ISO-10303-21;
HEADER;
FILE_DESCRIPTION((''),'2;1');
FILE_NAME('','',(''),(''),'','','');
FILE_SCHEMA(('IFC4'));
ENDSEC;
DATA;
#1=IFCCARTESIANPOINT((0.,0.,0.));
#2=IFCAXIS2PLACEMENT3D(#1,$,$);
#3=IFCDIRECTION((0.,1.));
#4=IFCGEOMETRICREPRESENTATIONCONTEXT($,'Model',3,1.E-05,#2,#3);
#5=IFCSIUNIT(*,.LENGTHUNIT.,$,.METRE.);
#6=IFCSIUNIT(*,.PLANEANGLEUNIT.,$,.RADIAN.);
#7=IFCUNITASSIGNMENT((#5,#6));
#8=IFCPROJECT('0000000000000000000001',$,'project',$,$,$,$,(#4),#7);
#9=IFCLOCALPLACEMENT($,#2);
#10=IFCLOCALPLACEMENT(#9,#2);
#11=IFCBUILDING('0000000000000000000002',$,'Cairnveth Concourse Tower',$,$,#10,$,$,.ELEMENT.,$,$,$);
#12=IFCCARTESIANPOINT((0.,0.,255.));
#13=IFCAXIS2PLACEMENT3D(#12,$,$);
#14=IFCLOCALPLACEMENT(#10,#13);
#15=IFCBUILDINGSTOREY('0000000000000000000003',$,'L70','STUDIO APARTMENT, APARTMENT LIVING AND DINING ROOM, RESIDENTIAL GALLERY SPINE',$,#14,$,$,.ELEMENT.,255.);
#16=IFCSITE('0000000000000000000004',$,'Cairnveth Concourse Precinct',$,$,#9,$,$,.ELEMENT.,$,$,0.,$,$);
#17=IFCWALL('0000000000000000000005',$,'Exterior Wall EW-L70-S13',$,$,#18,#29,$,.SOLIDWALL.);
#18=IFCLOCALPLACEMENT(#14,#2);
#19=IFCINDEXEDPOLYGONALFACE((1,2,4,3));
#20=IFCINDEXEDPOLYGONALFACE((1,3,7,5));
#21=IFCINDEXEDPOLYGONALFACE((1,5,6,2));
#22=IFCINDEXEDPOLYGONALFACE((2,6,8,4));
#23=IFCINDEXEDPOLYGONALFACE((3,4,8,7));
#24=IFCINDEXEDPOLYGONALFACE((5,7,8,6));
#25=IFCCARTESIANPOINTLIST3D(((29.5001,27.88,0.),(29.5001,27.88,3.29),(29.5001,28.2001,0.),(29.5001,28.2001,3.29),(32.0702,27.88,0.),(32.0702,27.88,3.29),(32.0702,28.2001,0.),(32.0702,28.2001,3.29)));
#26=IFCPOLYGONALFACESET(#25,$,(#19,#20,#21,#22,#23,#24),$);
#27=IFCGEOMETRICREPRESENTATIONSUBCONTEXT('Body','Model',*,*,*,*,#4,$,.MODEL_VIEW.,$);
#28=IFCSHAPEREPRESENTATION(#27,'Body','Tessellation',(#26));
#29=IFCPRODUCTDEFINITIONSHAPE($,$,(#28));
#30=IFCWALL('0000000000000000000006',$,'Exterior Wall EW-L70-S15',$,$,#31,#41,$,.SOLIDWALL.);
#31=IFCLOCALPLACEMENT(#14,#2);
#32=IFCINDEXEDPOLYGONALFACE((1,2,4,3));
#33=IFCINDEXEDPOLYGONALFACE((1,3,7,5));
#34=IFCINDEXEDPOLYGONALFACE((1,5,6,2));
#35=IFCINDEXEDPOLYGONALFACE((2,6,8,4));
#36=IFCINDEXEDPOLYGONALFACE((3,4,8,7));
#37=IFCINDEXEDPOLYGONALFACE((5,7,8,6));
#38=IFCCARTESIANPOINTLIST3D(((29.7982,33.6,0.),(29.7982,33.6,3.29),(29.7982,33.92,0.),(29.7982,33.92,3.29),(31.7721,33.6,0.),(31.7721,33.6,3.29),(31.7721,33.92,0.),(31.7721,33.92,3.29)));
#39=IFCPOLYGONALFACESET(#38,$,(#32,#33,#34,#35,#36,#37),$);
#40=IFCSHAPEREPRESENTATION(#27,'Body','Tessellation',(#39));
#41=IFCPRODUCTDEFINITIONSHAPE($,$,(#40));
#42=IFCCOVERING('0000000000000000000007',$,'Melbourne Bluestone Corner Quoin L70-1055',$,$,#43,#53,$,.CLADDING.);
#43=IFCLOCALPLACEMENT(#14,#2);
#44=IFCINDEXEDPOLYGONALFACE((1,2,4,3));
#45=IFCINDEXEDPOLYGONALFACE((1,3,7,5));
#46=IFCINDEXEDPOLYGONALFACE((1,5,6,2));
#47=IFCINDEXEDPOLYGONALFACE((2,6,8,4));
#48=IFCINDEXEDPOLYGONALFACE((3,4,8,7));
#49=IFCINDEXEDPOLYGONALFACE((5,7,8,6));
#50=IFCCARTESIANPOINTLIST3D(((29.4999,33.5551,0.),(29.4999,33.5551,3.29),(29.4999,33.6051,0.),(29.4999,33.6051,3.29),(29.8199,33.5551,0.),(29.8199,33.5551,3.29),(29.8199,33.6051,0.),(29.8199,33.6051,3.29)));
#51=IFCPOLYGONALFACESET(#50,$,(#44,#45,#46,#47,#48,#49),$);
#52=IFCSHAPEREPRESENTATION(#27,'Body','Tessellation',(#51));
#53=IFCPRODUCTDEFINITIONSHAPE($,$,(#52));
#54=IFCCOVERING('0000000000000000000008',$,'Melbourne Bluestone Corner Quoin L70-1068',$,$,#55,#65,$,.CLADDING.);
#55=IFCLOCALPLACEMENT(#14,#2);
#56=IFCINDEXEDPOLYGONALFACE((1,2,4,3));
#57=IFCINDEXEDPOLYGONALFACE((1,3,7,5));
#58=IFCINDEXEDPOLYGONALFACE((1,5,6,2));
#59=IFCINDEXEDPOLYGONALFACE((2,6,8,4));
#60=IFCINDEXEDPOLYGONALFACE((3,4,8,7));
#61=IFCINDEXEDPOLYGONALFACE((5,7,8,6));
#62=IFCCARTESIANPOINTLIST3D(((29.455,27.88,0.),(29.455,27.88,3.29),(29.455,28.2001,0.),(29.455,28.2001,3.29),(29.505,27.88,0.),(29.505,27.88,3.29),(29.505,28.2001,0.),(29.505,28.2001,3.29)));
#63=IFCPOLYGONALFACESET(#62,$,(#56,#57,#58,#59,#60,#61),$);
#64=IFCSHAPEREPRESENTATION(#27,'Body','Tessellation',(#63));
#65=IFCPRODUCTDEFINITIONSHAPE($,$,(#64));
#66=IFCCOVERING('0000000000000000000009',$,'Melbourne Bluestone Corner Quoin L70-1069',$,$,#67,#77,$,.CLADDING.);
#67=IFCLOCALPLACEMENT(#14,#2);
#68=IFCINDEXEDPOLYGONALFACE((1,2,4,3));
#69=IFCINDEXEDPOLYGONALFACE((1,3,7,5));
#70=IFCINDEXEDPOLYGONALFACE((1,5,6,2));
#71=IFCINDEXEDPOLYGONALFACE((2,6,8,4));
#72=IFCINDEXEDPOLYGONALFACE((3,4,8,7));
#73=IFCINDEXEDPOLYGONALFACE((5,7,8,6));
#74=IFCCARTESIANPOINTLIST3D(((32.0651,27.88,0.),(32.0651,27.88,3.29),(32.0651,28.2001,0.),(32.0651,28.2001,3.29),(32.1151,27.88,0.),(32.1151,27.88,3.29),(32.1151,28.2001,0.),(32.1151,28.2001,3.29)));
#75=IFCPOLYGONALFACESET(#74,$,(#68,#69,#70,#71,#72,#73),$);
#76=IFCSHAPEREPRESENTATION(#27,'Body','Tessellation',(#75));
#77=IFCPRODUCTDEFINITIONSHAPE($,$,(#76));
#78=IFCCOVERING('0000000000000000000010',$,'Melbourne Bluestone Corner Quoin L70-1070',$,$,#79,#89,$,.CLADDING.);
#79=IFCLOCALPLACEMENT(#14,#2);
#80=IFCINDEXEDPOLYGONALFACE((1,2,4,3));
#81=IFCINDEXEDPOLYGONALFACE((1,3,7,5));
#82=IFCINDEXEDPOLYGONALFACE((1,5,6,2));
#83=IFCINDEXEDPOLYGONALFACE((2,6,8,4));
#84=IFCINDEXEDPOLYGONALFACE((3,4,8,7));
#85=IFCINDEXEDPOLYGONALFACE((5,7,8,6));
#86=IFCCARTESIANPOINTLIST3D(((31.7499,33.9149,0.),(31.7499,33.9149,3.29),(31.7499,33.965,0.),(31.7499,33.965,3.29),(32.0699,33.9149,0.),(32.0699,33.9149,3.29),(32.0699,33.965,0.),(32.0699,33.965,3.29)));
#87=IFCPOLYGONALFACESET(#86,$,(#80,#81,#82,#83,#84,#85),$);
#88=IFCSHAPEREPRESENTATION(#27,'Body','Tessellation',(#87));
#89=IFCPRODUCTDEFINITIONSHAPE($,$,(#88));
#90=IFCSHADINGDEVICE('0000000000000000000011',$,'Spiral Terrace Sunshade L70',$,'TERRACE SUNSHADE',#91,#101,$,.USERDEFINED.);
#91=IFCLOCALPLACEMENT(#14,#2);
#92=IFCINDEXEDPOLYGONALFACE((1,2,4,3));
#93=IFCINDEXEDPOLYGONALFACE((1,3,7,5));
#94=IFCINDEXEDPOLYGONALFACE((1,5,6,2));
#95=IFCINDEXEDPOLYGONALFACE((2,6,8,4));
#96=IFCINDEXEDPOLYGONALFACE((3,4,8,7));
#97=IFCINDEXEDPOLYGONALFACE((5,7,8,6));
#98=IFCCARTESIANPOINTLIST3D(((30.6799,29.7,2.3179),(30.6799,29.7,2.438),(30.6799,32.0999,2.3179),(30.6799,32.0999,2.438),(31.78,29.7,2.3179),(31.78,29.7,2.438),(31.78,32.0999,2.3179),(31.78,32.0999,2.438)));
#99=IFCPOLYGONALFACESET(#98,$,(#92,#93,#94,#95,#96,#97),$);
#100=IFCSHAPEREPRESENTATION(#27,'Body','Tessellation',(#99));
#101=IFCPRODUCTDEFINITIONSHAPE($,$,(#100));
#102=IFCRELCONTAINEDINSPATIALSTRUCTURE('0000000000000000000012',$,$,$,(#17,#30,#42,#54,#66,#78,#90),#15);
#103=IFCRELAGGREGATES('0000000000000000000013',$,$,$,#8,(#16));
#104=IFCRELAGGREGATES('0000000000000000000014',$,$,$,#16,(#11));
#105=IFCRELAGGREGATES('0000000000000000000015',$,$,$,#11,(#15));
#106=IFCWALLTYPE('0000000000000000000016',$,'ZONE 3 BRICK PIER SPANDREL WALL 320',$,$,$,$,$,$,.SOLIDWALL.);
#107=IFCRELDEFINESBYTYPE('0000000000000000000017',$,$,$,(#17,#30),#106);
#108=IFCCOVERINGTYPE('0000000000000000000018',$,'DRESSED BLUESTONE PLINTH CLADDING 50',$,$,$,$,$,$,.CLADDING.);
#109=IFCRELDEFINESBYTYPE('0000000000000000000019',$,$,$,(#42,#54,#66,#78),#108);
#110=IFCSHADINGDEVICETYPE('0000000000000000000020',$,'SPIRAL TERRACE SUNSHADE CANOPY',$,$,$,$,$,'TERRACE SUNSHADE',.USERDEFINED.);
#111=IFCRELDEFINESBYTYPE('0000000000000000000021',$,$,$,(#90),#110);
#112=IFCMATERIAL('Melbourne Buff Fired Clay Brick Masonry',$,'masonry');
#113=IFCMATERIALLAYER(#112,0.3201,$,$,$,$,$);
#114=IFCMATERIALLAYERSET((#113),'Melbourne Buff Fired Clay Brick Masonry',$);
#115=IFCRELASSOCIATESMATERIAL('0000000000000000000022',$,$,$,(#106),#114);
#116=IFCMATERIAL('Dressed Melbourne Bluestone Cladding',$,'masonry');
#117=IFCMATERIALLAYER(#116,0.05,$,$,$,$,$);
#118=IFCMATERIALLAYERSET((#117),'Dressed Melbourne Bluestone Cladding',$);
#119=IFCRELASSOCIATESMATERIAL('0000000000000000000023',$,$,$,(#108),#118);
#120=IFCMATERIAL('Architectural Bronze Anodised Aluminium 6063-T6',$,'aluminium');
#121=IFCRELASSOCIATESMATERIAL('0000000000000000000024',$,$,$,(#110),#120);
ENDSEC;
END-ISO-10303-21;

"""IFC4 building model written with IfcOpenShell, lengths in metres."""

from ifc_helpers import new_model, si_unit, direction, frame, frame_2d, origin, origin_2d, place, context, subcontext, project, spatial, rectangle, extrude, material, layer, layer_set, type_object, element, save


model = new_model("IFC4")

# Units and contexts
model_context = context("Model", 3, precision=1e-05, world=origin(), true_north=direction((0.0, 1.0)))
body_context = subcontext(model_context, "Body", "Model", "MODEL_VIEW")
ifc_project = project(units=[si_unit("LENGTHUNIT", "METRE"), si_unit("PLANEANGLEUNIT", "RADIAN")], contexts=[model_context])

# Site, building, storey
site_placement = place(None, origin())
site = spatial("IfcSite", under=ifc_project, at=site_placement, Name="Cairnveth Concourse Precinct", CompositionType="ELEMENT", RefElevation=0.0)
building_placement = place(site_placement, origin())
building = spatial("IfcBuilding", under=site, at=building_placement, Name="Cairnveth Concourse Tower", CompositionType="ELEMENT")
storey_placement = place(building_placement, frame((0.0, 0.0, 255.0)))
storey = spatial("IfcBuildingStorey", under=building, at=storey_placement, Name="L70", Description="STUDIO APARTMENT, APARTMENT LIVING AND DINING ROOM, RESIDENTIAL GALLERY SPINE", CompositionType="ELEMENT", Elevation=255.0)

# Shared definitions
ifc_material_1 = material(Name="Dressed Melbourne Bluestone Cladding", Category="masonry")

# Shared definitions
ifc_material_2 = material(Name="Melbourne Buff Fired Clay Brick Masonry", Category="masonry")
ifc_layer_1 = layer(ifc_material_2, 0.3201)
ifc_layer_set_1 = layer_set([ifc_layer_1], Name="Melbourne Buff Fired Clay Brick Masonry")
wall_type_1 = type_object("IfcWallType", Name="ZONE 3 BRICK PIER SPANDREL WALL 320", PredefinedType="SOLIDWALL", material=ifc_layer_set_1)

# Wall
wall_1_placement = place(storey_placement, frame((29.5, 28.04, 0.0), z_axis=(0.0, 0.0, 1.0), x_axis=(1.0, 0.0, 0.0)))
element("IfcWall", 1, at=wall_1_placement, inside=storey, type_object=wall_type_1, Name="Exterior Wall EW-L70-S13", PredefinedType="SOLIDWALL", context=body_context, shape_type="SweptSolid", body=[
    extrude(rectangle(XDim=2.5701, YDim=0.3201, at=frame_2d((1.2852, 0.0))), origin(), (0.0, 0.0, 1.0), 3.29),
])

# Shared definitions
ifc_material_3 = material(Name="Architectural Bronze Anodised Aluminium 6063-T6", Category="aluminium")

# Wall
wall_2_placement = place(storey_placement, frame((31.772, 33.76, 0.0), z_axis=(0.0, 0.0, 1.0), x_axis=(-1.0, 0.0, 0.0)))
element("IfcWall", 2, at=wall_2_placement, inside=storey, type_object=wall_type_1, Name="Exterior Wall EW-L70-S15", PredefinedType="SOLIDWALL", context=body_context, shape_type="SweptSolid", body=[
    extrude(rectangle(XDim=1.9739, YDim=0.3201, at=frame_2d((0.9868, 0.0))), origin(), (0.0, 0.0, 1.0), 3.29),
])

# Coverings
ifc_layer_2 = layer(ifc_material_1, 0.05)
ifc_layer_set_2 = layer_set([ifc_layer_2], Name="Dressed Melbourne Bluestone Cladding")
covering_type = type_object("IfcCoveringType", Name="DRESSED BLUESTONE PLINTH CLADDING 50", PredefinedType="CLADDING", material=ifc_layer_set_2)
for number, where, z_axis, x_axis, name in (
    (3, (29.8201, 33.5801, 0.0), (0.0, 0.0, 1.0), (-1.0, 0.0, 0.0), "Melbourne Bluestone Corner Quoin L70-1055"),
    (4, (29.48, 27.8799, 0.0), (0.0, 0.0, 1.0), (0.0, 1.0, 0.0), "Melbourne Bluestone Corner Quoin L70-1068"),
    (5, (32.0901, 27.8799, 0.0), (0.0, 0.0, 1.0), (0.0, 1.0, 0.0), "Melbourne Bluestone Corner Quoin L70-1069"),
    (6, (32.0701, 33.9399, 0.0), (0.0, 0.0, 1.0), (-1.0, 0.0, 0.0), "Melbourne Bluestone Corner Quoin L70-1070"),
):
    element("IfcCovering", number, at=place(storey_placement, frame(where, z_axis=z_axis, x_axis=x_axis)), inside=storey, type_object=covering_type, Name=name, PredefinedType="CLADDING", context=body_context, shape_type="SweptSolid", body=[
        extrude(rectangle(XDim=0.3201, YDim=0.05, at=frame_2d((0.1602, 0.0))), origin(), (0.0, 0.0, 1.0), 3.29),
    ])

# Shading device
shading_device_type = type_object("IfcShadingDeviceType", Name="SPIRAL TERRACE SUNSHADE CANOPY", ElementType="TERRACE SUNSHADE", PredefinedType="USERDEFINED", material=ifc_material_3)
shading_device_placement = place(storey_placement, frame((31.23, 30.8999, 2.3179), z_axis=(0.0, 0.0, 1.0), x_axis=(1.0, 0.0, 0.0)))
element("IfcShadingDevice", 7, at=shading_device_placement, inside=storey, type_object=shading_device_type, Name="Spiral Terrace Sunshade L70", ObjectType="TERRACE SUNSHADE", PredefinedType="USERDEFINED", context=body_context, shape_type="SweptSolid", body=[
    extrude(rectangle(XDim=1.1001, YDim=2.3999, at=origin_2d()), origin(), (0.0, 0.0, 1.0), 0.1201),
])

save(model, "model.ifc")
